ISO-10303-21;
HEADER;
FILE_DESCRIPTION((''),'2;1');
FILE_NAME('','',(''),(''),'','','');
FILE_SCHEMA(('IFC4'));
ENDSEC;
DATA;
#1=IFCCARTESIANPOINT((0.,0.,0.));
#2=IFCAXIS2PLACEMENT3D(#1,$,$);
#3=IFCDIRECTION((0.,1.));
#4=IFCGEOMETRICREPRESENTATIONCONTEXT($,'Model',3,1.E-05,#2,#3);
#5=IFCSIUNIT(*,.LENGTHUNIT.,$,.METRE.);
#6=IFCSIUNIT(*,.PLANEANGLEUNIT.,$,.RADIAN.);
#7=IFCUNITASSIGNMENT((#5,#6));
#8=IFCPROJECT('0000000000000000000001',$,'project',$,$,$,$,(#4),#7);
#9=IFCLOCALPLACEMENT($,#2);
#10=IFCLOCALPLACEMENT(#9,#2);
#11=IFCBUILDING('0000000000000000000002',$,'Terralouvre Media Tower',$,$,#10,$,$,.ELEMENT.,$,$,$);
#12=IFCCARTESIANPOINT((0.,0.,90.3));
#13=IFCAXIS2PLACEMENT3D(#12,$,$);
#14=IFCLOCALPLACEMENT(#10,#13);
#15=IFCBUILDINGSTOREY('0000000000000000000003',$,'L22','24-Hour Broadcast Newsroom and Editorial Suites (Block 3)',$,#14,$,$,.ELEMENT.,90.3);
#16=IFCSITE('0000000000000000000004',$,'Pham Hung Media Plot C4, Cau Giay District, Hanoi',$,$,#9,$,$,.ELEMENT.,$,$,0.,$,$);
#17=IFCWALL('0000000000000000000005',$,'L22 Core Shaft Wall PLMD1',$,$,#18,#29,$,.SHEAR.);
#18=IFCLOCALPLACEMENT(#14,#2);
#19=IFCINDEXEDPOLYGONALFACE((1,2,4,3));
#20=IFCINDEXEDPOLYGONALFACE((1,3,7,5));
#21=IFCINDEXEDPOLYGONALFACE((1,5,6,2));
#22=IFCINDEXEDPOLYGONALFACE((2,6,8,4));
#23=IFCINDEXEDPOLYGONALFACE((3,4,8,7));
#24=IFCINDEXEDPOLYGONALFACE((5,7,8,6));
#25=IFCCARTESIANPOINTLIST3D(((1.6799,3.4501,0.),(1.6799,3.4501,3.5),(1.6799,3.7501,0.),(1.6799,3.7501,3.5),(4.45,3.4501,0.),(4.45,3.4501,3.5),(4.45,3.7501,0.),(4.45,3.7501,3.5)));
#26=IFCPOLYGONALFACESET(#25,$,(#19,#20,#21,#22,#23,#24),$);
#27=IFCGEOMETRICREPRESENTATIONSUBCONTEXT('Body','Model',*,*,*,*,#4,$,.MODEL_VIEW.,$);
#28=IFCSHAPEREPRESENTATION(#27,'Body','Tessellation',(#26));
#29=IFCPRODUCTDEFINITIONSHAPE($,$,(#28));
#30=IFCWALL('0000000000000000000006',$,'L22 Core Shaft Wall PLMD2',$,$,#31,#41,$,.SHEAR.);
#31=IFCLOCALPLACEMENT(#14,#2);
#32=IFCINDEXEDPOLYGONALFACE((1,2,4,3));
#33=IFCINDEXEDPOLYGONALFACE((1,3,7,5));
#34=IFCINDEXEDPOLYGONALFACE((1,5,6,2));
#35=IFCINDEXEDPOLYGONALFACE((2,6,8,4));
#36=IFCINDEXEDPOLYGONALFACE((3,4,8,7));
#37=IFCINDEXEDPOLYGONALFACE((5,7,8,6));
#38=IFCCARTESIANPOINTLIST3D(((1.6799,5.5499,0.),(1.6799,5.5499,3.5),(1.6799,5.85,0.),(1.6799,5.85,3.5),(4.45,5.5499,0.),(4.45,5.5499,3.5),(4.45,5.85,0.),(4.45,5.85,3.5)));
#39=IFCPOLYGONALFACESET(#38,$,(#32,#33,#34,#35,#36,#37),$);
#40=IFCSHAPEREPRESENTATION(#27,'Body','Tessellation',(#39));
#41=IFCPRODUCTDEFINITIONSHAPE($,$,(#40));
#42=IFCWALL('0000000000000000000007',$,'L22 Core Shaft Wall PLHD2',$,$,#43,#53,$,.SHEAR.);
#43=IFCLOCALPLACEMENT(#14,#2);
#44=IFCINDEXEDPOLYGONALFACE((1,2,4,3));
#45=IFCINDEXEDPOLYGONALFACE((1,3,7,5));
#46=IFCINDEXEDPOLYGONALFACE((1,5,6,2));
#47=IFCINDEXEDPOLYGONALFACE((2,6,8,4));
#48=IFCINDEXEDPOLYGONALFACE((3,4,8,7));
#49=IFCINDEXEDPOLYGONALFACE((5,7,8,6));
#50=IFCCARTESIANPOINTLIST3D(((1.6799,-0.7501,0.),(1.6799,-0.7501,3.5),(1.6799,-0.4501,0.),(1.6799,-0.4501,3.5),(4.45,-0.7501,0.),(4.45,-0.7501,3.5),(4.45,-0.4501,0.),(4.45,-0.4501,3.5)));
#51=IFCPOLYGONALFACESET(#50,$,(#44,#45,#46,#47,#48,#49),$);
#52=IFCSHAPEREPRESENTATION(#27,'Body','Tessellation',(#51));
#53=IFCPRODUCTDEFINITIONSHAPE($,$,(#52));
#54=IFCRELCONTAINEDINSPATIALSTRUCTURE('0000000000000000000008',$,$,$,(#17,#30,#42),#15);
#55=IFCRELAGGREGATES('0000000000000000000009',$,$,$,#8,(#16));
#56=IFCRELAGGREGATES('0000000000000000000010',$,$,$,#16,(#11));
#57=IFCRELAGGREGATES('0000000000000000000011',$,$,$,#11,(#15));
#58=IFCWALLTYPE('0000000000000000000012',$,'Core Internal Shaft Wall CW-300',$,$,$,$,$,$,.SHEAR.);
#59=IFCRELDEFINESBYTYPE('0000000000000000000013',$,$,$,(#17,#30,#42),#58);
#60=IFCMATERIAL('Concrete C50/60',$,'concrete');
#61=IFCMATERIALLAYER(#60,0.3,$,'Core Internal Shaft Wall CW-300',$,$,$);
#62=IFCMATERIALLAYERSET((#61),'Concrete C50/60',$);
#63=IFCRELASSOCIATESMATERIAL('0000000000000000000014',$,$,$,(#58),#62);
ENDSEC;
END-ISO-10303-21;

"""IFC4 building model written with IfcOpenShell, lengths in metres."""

from ifc_helpers import new_model, si_unit, direction, frame, frame_2d, origin, place, context, subcontext, project, spatial, rectangle, extrude, material, layer, layer_set, type_object, element, save


model = new_model("IFC4")

# Units and contexts
model_context = context("Model", 3, precision=1e-05, world=origin(), true_north=direction((0.0, 1.0)))
body_context = subcontext(model_context, "Body", "Model", "MODEL_VIEW")
ifc_project = project(units=[si_unit("LENGTHUNIT", "METRE"), si_unit("PLANEANGLEUNIT", "RADIAN")], contexts=[model_context])

# Site, building, storey
site_placement = place(None, origin())
site = spatial("IfcSite", under=ifc_project, at=site_placement, Name="Pham Hung Media Plot C4, Cau Giay District, Hanoi", CompositionType="ELEMENT", RefElevation=0.0)
building_placement = place(site_placement, origin())
building = spatial("IfcBuilding", under=site, at=building_placement, Name="Terralouvre Media Tower", CompositionType="ELEMENT")
storey_placement = place(building_placement, frame((0.0, 0.0, 90.3)))
storey = spatial("IfcBuildingStorey", under=building, at=storey_placement, Name="L22", Description="24-Hour Broadcast Newsroom and Editorial Suites (Block 3)", CompositionType="ELEMENT", Elevation=90.3)

# Shared definitions
ifc_material_1 = material(Name="Concrete C50/60", Category="concrete")
ifc_layer_1 = layer(ifc_material_1, 0.3, Name="Core Internal Shaft Wall CW-300")
ifc_layer_set_1 = layer_set([ifc_layer_1], Name="Concrete C50/60")
wall_type = type_object("IfcWallType", Name="Core Internal Shaft Wall CW-300", PredefinedType="SHEAR", material=ifc_layer_set_1)

# Walls
for number, where, z_axis, x_axis, name in (
    (1, (1.6799, 3.6001, 0.0), (0.0, 0.0, 1.0), (1.0, 0.0, 0.0), "L22 Core Shaft Wall PLMD1"),
    (2, (1.6799, 5.7, 0.0), (0.0, 0.0, 1.0), (1.0, 0.0, 0.0), "L22 Core Shaft Wall PLMD2"),
    (3, (1.6799, -0.6001, 0.0), (0.0, 0.0, 1.0), (1.0, 0.0, 0.0), "L22 Core Shaft Wall PLHD2"),
):
    element("IfcWall", number, at=place(storey_placement, frame(where, z_axis=z_axis, x_axis=x_axis)), inside=storey, type_object=wall_type, Name=name, PredefinedType="SHEAR", context=body_context, shape_type="SweptSolid", body=[
        extrude(rectangle(XDim=2.77, YDim=0.3, at=frame_2d((1.385, 0.0))), origin(), (0.0, 0.0, 1.0), 3.5),
    ])

save(model, "model.ifc")
